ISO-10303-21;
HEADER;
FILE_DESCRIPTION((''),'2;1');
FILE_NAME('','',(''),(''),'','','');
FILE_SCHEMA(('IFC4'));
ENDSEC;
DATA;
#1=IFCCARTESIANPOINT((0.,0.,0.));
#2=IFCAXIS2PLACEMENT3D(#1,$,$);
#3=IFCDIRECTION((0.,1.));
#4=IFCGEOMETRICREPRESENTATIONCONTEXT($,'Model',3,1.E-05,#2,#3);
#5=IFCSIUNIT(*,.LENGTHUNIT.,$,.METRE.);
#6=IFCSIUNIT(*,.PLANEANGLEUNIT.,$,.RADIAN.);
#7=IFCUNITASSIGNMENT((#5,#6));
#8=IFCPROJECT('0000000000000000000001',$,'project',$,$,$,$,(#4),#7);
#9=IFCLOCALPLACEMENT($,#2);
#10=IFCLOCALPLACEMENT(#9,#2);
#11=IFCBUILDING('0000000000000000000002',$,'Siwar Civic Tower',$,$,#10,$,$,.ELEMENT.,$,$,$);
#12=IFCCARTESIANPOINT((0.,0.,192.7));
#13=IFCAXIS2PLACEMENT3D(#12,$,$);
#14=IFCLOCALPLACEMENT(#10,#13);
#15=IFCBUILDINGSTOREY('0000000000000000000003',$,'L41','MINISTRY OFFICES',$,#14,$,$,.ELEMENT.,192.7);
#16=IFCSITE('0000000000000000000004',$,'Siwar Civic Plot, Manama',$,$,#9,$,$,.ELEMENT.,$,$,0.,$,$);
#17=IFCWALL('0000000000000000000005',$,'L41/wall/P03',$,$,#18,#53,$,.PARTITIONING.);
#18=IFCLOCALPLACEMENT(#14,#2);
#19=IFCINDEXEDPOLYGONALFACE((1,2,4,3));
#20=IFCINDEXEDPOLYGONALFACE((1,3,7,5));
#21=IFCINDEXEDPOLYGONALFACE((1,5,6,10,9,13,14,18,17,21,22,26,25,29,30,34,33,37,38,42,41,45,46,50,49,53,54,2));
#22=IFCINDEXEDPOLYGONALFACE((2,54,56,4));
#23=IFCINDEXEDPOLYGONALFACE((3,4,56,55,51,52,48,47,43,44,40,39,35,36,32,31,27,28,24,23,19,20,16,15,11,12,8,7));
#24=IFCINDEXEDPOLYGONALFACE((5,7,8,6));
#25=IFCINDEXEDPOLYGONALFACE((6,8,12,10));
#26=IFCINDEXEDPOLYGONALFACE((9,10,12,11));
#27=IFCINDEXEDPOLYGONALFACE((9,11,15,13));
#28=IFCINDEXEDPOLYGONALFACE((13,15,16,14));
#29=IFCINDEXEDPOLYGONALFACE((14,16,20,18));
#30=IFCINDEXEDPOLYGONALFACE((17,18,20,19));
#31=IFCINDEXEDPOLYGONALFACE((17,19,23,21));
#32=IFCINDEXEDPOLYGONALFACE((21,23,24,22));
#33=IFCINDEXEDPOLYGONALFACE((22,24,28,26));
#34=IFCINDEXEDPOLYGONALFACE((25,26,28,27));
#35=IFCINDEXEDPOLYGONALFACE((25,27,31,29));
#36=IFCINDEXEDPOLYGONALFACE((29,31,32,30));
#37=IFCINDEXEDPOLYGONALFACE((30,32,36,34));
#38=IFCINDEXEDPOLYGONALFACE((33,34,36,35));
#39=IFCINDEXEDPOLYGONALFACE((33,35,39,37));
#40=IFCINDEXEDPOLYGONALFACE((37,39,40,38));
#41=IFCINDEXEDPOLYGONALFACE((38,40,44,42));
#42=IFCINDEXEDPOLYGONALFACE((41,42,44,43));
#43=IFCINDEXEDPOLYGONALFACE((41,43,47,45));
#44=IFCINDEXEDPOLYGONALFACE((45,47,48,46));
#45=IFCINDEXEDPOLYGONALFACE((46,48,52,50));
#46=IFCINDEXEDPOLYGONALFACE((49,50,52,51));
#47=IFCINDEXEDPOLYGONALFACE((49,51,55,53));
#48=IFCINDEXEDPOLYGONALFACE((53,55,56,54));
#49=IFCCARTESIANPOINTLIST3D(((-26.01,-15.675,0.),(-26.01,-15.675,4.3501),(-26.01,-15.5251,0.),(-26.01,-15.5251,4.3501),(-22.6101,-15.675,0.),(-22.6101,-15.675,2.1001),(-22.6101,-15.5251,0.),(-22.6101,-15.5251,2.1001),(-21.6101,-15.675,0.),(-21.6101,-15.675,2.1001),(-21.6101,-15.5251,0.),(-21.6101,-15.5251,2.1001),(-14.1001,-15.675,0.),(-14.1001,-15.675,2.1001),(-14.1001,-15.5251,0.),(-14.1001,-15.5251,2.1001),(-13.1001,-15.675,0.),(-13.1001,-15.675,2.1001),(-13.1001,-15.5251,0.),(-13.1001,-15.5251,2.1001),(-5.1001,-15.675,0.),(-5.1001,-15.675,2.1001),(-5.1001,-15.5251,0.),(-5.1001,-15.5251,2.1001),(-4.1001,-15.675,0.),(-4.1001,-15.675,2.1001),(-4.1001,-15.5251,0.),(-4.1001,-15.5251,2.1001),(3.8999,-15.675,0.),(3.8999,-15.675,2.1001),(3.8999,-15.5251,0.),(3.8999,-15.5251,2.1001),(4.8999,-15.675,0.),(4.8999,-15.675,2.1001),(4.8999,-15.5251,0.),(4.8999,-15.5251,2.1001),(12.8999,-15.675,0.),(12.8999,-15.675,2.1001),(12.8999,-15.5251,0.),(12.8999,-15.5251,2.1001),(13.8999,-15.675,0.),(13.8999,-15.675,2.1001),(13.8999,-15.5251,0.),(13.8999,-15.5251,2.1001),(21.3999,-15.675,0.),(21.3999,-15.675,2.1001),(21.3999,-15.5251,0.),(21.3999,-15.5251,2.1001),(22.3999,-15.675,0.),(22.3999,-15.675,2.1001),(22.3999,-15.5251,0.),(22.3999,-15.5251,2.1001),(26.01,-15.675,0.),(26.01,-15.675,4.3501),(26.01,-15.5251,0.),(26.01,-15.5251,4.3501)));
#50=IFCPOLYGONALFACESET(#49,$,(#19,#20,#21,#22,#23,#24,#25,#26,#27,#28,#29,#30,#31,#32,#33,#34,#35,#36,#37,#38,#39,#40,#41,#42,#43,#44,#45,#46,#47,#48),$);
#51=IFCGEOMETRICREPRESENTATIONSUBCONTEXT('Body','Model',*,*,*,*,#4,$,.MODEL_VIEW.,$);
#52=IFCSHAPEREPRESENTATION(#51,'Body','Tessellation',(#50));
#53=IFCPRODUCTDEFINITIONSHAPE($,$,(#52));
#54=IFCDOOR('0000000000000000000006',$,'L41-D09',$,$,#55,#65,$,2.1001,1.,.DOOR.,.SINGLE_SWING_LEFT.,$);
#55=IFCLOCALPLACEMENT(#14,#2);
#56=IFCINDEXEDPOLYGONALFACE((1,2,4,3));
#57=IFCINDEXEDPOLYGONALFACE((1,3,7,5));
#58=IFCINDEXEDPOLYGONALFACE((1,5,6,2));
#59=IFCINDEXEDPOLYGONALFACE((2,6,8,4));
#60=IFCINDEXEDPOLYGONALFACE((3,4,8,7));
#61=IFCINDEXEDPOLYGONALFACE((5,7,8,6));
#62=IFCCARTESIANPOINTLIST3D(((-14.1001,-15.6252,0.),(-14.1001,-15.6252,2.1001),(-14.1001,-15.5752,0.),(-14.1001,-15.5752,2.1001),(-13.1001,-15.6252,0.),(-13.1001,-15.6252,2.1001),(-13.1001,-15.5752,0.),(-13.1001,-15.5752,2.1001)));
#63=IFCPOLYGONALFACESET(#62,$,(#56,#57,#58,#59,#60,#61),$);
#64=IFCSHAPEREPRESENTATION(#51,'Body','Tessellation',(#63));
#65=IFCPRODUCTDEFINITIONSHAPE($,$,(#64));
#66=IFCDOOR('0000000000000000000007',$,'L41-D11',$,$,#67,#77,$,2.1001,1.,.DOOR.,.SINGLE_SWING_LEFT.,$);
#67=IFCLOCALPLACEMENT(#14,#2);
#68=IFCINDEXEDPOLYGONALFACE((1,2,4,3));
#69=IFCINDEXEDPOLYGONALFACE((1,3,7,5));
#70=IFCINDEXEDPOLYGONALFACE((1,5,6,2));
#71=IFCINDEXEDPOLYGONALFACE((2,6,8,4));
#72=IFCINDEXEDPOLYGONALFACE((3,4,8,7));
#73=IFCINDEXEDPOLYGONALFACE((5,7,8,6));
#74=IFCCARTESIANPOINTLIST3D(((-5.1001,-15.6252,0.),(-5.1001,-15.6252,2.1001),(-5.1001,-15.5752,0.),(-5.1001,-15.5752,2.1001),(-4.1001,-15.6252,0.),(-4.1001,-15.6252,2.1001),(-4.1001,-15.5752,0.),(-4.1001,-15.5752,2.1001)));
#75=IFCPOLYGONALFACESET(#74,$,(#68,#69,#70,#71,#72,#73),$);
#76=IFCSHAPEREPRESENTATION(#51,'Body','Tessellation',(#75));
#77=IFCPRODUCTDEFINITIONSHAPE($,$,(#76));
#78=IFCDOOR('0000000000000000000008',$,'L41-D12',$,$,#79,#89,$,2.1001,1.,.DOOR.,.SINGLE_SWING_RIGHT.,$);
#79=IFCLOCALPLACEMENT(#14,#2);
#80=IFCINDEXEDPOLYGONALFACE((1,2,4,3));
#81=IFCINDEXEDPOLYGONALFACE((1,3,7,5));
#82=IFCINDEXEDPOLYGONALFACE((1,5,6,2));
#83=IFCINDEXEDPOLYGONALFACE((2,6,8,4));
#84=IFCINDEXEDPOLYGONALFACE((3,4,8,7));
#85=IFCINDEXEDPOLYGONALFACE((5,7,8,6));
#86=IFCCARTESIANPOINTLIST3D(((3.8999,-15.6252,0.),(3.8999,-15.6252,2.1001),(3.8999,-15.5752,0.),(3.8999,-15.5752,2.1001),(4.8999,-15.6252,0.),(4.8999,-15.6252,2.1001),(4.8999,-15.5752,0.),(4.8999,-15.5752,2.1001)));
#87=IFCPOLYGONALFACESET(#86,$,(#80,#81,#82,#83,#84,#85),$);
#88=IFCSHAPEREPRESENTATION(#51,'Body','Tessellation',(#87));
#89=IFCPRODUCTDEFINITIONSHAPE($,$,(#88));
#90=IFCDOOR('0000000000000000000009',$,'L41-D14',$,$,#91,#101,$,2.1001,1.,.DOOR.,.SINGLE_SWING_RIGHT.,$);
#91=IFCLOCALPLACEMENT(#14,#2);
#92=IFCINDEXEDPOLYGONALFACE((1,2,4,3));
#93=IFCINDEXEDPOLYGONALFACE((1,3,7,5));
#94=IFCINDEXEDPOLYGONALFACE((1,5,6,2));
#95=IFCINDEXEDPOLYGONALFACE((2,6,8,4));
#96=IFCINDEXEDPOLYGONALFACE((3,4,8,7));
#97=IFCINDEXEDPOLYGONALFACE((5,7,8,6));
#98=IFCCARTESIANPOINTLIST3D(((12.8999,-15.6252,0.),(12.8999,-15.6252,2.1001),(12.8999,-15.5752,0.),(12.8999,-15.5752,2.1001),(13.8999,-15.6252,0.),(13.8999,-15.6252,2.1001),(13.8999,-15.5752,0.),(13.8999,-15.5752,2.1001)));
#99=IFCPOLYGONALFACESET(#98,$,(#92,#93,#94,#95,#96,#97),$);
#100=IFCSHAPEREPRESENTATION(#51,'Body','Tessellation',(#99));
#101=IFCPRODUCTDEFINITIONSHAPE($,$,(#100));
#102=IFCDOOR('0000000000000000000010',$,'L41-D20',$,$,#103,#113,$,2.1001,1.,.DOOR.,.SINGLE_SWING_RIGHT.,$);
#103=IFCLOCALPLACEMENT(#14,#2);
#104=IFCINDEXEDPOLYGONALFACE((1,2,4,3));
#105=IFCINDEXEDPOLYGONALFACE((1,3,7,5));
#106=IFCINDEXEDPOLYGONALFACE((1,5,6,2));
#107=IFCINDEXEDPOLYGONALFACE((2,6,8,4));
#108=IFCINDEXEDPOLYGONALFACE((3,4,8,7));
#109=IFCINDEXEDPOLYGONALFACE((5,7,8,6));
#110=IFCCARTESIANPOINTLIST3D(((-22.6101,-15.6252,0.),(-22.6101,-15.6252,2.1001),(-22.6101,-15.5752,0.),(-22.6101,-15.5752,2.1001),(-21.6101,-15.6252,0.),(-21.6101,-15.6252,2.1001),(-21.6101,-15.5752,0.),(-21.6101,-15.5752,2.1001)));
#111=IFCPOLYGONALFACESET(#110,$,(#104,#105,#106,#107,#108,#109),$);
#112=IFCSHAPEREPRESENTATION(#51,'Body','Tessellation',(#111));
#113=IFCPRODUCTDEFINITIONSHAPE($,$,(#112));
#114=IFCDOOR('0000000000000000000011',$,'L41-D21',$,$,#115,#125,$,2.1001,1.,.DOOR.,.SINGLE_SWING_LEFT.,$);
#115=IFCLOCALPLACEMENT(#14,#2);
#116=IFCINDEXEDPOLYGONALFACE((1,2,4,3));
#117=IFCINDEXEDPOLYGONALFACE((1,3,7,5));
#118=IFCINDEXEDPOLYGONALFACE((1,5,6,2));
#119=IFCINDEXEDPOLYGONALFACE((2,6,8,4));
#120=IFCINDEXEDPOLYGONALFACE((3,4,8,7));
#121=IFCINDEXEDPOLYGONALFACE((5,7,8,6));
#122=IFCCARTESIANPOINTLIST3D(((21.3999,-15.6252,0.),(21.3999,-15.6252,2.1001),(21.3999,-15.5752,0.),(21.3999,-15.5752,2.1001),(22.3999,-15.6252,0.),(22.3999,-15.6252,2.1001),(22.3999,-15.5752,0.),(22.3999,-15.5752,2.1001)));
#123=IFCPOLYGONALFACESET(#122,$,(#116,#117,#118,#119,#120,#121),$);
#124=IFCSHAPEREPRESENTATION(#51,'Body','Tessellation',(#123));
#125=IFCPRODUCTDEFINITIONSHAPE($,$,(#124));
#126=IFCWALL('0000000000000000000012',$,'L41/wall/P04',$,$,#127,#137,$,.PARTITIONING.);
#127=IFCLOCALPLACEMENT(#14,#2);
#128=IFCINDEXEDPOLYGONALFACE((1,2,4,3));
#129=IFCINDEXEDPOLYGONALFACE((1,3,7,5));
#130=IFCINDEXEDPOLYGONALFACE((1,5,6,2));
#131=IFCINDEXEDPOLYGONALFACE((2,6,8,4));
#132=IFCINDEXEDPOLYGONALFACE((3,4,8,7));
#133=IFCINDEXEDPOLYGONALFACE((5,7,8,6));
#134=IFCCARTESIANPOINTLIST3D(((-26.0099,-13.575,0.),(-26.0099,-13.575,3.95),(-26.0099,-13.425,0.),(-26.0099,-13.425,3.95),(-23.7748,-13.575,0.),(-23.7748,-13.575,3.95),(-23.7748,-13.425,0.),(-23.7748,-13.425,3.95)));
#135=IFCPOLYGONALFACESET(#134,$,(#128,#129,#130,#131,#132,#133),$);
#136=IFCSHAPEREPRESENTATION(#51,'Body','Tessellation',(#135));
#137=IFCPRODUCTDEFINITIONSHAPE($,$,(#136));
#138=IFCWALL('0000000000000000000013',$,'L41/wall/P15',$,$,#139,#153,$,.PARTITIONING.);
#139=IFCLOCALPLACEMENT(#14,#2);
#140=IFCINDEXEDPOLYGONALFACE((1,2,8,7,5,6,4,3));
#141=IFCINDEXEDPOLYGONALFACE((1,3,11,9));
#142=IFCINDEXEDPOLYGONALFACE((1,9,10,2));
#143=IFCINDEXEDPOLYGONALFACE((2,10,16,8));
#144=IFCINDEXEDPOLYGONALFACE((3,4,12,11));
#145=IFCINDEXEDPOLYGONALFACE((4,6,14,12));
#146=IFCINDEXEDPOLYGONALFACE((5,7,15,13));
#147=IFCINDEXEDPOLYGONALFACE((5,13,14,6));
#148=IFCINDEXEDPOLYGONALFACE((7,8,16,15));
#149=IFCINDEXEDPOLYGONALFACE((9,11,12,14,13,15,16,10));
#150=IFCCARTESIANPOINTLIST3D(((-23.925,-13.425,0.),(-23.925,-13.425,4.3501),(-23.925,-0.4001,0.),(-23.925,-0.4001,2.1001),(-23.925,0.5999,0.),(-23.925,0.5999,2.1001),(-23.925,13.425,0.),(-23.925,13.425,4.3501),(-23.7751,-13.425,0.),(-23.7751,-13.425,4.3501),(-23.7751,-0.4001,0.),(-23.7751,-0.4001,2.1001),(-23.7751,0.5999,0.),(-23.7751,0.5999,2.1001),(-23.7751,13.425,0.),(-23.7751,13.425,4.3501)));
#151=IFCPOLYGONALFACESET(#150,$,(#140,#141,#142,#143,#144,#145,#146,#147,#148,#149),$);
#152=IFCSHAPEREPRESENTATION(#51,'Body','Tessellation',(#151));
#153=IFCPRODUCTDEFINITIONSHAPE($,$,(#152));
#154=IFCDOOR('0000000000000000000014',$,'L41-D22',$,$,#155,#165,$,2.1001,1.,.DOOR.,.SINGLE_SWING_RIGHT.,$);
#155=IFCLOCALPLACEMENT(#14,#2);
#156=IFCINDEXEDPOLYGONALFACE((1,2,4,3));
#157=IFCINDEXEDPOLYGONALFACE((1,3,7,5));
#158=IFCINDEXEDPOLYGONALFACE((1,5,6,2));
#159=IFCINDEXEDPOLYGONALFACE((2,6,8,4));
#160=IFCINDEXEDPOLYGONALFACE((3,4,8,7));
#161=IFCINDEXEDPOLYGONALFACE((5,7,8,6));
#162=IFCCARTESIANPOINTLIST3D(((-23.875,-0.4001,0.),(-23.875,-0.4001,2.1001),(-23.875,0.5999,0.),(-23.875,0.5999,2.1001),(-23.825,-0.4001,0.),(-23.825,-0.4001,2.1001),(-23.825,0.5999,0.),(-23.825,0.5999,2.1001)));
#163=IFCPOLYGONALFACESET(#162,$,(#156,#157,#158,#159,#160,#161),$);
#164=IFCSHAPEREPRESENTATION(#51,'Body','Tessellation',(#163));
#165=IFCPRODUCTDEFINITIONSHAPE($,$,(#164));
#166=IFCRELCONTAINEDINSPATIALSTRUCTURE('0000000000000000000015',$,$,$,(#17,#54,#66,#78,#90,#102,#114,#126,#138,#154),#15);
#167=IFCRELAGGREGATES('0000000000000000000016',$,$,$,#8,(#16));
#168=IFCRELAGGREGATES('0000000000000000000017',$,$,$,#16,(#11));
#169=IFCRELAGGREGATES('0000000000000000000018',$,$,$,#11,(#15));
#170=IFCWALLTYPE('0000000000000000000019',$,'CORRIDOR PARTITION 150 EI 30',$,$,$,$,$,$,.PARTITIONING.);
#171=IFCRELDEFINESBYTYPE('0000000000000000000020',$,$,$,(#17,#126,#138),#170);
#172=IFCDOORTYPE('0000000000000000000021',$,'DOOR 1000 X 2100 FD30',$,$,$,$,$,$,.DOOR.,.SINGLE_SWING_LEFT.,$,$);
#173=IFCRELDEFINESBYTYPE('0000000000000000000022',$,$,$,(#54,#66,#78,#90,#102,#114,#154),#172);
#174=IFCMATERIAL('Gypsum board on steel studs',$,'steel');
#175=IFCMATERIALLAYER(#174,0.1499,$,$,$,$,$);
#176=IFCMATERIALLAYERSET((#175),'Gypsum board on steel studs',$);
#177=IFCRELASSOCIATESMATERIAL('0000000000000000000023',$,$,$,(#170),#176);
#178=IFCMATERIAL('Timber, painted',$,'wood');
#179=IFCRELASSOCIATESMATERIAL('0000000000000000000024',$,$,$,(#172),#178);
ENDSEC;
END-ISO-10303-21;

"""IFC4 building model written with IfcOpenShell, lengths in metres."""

from ifc_helpers import new_model, si_unit, direction, frame, frame_2d, origin, place, context, subcontext, project, spatial, rectangle, extrude, material, layer, layer_set, type_object, element, fill, save


model = new_model("IFC4")

# Units and contexts
model_context = context("Model", 3, precision=1e-05, world=origin(), true_north=direction((0.0, 1.0)))
body_context = subcontext(model_context, "Body", "Model", "MODEL_VIEW")
ifc_project = project(units=[si_unit("LENGTHUNIT", "METRE"), si_unit("PLANEANGLEUNIT", "RADIAN")], contexts=[model_context])

# Site, building, storey
site_placement = place(None, origin())
site = spatial("IfcSite", under=ifc_project, at=site_placement, Name="Siwar Civic Plot, Manama", CompositionType="ELEMENT", RefElevation=0.0)
building_placement = place(site_placement, origin())
building = spatial("IfcBuilding", under=site, at=building_placement, Name="Siwar Civic Tower", CompositionType="ELEMENT")
storey_placement = place(building_placement, frame((0.0, 0.0, 192.7)))
storey = spatial("IfcBuildingStorey", under=building, at=storey_placement, Name="L41", Description="MINISTRY OFFICES", CompositionType="ELEMENT", Elevation=192.7)

# Wall, openings, doors
ifc_material_1 = material(Name="Gypsum board on steel studs", Category="steel")
ifc_layer_1 = layer(ifc_material_1, 0.1499)
ifc_layer_set_1 = layer_set([ifc_layer_1], Name="Gypsum board on steel studs")
wall_type_1 = type_object("IfcWallType", Name="CORRIDOR PARTITION 150 EI 30", PredefinedType="PARTITIONING", material=ifc_layer_set_1)
wall_1_placement = place(storey_placement, frame((-26.01, -15.6001, 0.0), z_axis=(0.0, 0.0, 1.0), x_axis=(1.0, 0.0, 0.0)))
wall_1 = element("IfcWall", 1, at=wall_1_placement, inside=storey, type_object=wall_type_1, Name="L41/wall/P03", PredefinedType="PARTITIONING", context=body_context, shape_type="SweptSolid", body=[
    extrude(rectangle(XDim=52.02, YDim=0.1499, at=frame_2d((26.01, 0.0))), origin(), (0.0, 0.0, 1.0), 4.3501),
])
opening_1_placement = place(wall_1_placement, frame((11.9099, 0.0, 0.0)))
opening_1 = element("IfcOpeningElement", 2, at=opening_1_placement, cuts=wall_1, PredefinedType="OPENING", context=body_context, shape_type="SweptSolid", body=[
    extrude(rectangle(XDim=1.0, YDim=2.1001, at=frame_2d((0.5, 1.05))), frame((0.0, 0.085, 0.0), z_axis=(0.0, -1.0, 0.0), x_axis=(1.0, 0.0, 0.0)), (0.0, 0.0, 1.0), 0.1699),
])
opening_2_placement = place(wall_1_placement, frame((20.9099, 0.0, 0.0)))
opening_2 = element("IfcOpeningElement", 3, at=opening_2_placement, cuts=wall_1, PredefinedType="OPENING", context=body_context, shape_type="SweptSolid", body=[
    extrude(rectangle(XDim=1.0, YDim=2.1001, at=frame_2d((0.5, 1.05))), frame((0.0, 0.085, 0.0), z_axis=(0.0, -1.0, 0.0), x_axis=(1.0, 0.0, 0.0)), (0.0, 0.0, 1.0), 0.1699),
])
opening_3_placement = place(wall_1_placement, frame((29.9099, 0.0, 0.0)))
opening_3 = element("IfcOpeningElement", 4, at=opening_3_placement, cuts=wall_1, PredefinedType="OPENING", context=body_context, shape_type="SweptSolid", body=[
    extrude(rectangle(XDim=1.0, YDim=2.1001, at=frame_2d((0.5, 1.05))), frame((0.0, 0.085, 0.0), z_axis=(0.0, -1.0, 0.0), x_axis=(1.0, 0.0, 0.0)), (0.0, 0.0, 1.0), 0.1699),
])
opening_4_placement = place(wall_1_placement, frame((38.9099, 0.0, 0.0)))
opening_4 = element("IfcOpeningElement", 5, at=opening_4_placement, cuts=wall_1, PredefinedType="OPENING", context=body_context, shape_type="SweptSolid", body=[
    extrude(rectangle(XDim=1.0, YDim=2.1001, at=frame_2d((0.5, 1.05))), frame((0.0, 0.085, 0.0), z_axis=(0.0, -1.0, 0.0), x_axis=(1.0, 0.0, 0.0)), (0.0, 0.0, 1.0), 0.1699),
])
opening_5_placement = place(wall_1_placement, frame((3.3999, 0.0, 0.0)))
opening_5 = element("IfcOpeningElement", 6, at=opening_5_placement, cuts=wall_1, PredefinedType="OPENING", context=body_context, shape_type="SweptSolid", body=[
    extrude(rectangle(XDim=1.0, YDim=2.1001, at=frame_2d((0.5, 1.05))), frame((0.0, 0.085, 0.0), z_axis=(0.0, -1.0, 0.0), x_axis=(1.0, 0.0, 0.0)), (0.0, 0.0, 1.0), 0.1699),
])
opening_6_placement = place(wall_1_placement, frame((47.4099, 0.0, 0.0)))
opening_6 = element("IfcOpeningElement", 7, at=opening_6_placement, cuts=wall_1, PredefinedType="OPENING", context=body_context, shape_type="SweptSolid", body=[
    extrude(rectangle(XDim=1.0, YDim=2.1001, at=frame_2d((0.5, 1.05))), frame((0.0, 0.085, 0.0), z_axis=(0.0, -1.0, 0.0), x_axis=(1.0, 0.0, 0.0)), (0.0, 0.0, 1.0), 0.1699),
])
ifc_material_2 = material(Name="Timber, painted", Category="wood")
door_type_1 = type_object("IfcDoorType", Name="DOOR 1000 X 2100 FD30", OperationType="SINGLE_SWING_LEFT", PredefinedType="DOOR", material=ifc_material_2)
door_1_placement = place(opening_1_placement, origin())
door_1 = element("IfcDoor", 8, at=door_1_placement, inside=storey, type_object=door_type_1, Name="L41-D09", OperationType="SINGLE_SWING_LEFT", OverallHeight=2.1001, OverallWidth=1.0, PredefinedType="DOOR", context=body_context, shape_type="SweptSolid", body=[
    extrude(rectangle(XDim=1.0, YDim=2.1001, at=frame_2d((0.5, 1.05))), frame((0.0, 0.0249, 0.0), z_axis=(0.0, -1.0, 0.0), x_axis=(1.0, 0.0, 0.0)), (0.0, 0.0, 1.0), 0.05),
])
fill(opening_1, door_1)
door_2_placement = place(opening_2_placement, origin())
door_2 = element("IfcDoor", 9, at=door_2_placement, inside=storey, type_object=door_type_1, Name="L41-D11", OperationType="SINGLE_SWING_LEFT", OverallHeight=2.1001, OverallWidth=1.0, PredefinedType="DOOR", context=body_context, shape_type="SweptSolid", body=[
    extrude(rectangle(XDim=1.0, YDim=2.1001, at=frame_2d((0.5, 1.05))), frame((0.0, 0.0249, 0.0), z_axis=(0.0, -1.0, 0.0), x_axis=(1.0, 0.0, 0.0)), (0.0, 0.0, 1.0), 0.05),
])
fill(opening_2, door_2)
door_3_placement = place(opening_3_placement, origin())
door_3 = element("IfcDoor", 10, at=door_3_placement, inside=storey, type_object=door_type_1, Name="L41-D12", OperationType="SINGLE_SWING_RIGHT", OverallHeight=2.1001, OverallWidth=1.0, PredefinedType="DOOR", context=body_context, shape_type="SweptSolid", body=[
    extrude(rectangle(XDim=1.0, YDim=2.1001, at=frame_2d((0.5, 1.05))), frame((0.0, 0.0249, 0.0), z_axis=(0.0, -1.0, 0.0), x_axis=(1.0, 0.0, 0.0)), (0.0, 0.0, 1.0), 0.05),
])
fill(opening_3, door_3)
door_4_placement = place(opening_4_placement, origin())
door_4 = element("IfcDoor", 11, at=door_4_placement, inside=storey, type_object=door_type_1, Name="L41-D14", OperationType="SINGLE_SWING_RIGHT", OverallHeight=2.1001, OverallWidth=1.0, PredefinedType="DOOR", context=body_context, shape_type="SweptSolid", body=[
    extrude(rectangle(XDim=1.0, YDim=2.1001, at=frame_2d((0.5, 1.05))), frame((0.0, 0.0249, 0.0), z_axis=(0.0, -1.0, 0.0), x_axis=(1.0, 0.0, 0.0)), (0.0, 0.0, 1.0), 0.05),
])
fill(opening_4, door_4)
door_5_placement = place(opening_5_placement, origin())
door_5 = element("IfcDoor", 12, at=door_5_placement, inside=storey, type_object=door_type_1, Name="L41-D20", OperationType="SINGLE_SWING_RIGHT", OverallHeight=2.1001, OverallWidth=1.0, PredefinedType="DOOR", context=body_context, shape_type="SweptSolid", body=[
    extrude(rectangle(XDim=1.0, YDim=2.1001, at=frame_2d((0.5, 1.05))), frame((0.0, 0.0249, 0.0), z_axis=(0.0, -1.0, 0.0), x_axis=(1.0, 0.0, 0.0)), (0.0, 0.0, 1.0), 0.05),
])
fill(opening_5, door_5)
door_6_placement = place(opening_6_placement, origin())
door_6 = element("IfcDoor", 13, at=door_6_placement, inside=storey, type_object=door_type_1, Name="L41-D21", OperationType="SINGLE_SWING_LEFT", OverallHeight=2.1001, OverallWidth=1.0, PredefinedType="DOOR", context=body_context, shape_type="SweptSolid", body=[
    extrude(rectangle(XDim=1.0, YDim=2.1001, at=frame_2d((0.5, 1.05))), frame((0.0, 0.0249, 0.0), z_axis=(0.0, -1.0, 0.0), x_axis=(1.0, 0.0, 0.0)), (0.0, 0.0, 1.0), 0.05),
])
fill(opening_6, door_6)

# Wall
wall_2_placement = place(storey_placement, frame((-26.01, -13.5, 0.0), z_axis=(0.0, 0.0, 1.0), x_axis=(1.0, 0.0, 0.0)))
element("IfcWall", 14, at=wall_2_placement, inside=storey, type_object=wall_type_1, Name="L41/wall/P04", PredefinedType="PARTITIONING", context=body_context, shape_type="SweptSolid", body=[
    extrude(rectangle(XDim=2.2351, YDim=0.1499, at=frame_2d((1.1177, 0.0))), origin(), (0.0, 0.0, 1.0), 3.95),
])

# Wall, opening, door
wall_3_placement = place(storey_placement, frame((-23.8501, -13.425, 0.0), z_axis=(0.0, 0.0, 1.0), x_axis=(0.0, 1.0, 0.0)))
wall_3 = element("IfcWall", 15, at=wall_3_placement, inside=storey, type_object=wall_type_1, Name="L41/wall/P15", PredefinedType="PARTITIONING", context=body_context, shape_type="SweptSolid", body=[
    extrude(rectangle(XDim=26.8501, YDim=0.1499, at=frame_2d((13.425, 0.0))), origin(), (0.0, 0.0, 1.0), 4.3501),
])
opening_7_placement = place(wall_3_placement, frame((13.0249, 0.0, 0.0)))
opening_7 = element("IfcOpeningElement", 16, at=opening_7_placement, cuts=wall_3, PredefinedType="OPENING", context=body_context, shape_type="SweptSolid", body=[
    extrude(rectangle(XDim=1.0, YDim=2.1001, at=frame_2d((0.5, 1.05))), frame((0.0, 0.085, 0.0), z_axis=(0.0, -1.0, 0.0), x_axis=(1.0, 0.0, 0.0)), (0.0, 0.0, 1.0), 0.1699),
])
door_7_placement = place(opening_7_placement, origin())
door_7 = element("IfcDoor", 17, at=door_7_placement, inside=storey, type_object=door_type_1, Name="L41-D22", OperationType="SINGLE_SWING_RIGHT", OverallHeight=2.1001, OverallWidth=1.0, PredefinedType="DOOR", context=body_context, shape_type="SweptSolid", body=[
    extrude(rectangle(XDim=1.0, YDim=2.1001, at=frame_2d((0.5, 1.05))), frame((0.0, 0.0249, 0.0), z_axis=(0.0, -1.0, 0.0), x_axis=(1.0, 0.0, 0.0)), (0.0, 0.0, 1.0), 0.05),
])
fill(opening_7, door_7)

save(model, "model.ifc")
